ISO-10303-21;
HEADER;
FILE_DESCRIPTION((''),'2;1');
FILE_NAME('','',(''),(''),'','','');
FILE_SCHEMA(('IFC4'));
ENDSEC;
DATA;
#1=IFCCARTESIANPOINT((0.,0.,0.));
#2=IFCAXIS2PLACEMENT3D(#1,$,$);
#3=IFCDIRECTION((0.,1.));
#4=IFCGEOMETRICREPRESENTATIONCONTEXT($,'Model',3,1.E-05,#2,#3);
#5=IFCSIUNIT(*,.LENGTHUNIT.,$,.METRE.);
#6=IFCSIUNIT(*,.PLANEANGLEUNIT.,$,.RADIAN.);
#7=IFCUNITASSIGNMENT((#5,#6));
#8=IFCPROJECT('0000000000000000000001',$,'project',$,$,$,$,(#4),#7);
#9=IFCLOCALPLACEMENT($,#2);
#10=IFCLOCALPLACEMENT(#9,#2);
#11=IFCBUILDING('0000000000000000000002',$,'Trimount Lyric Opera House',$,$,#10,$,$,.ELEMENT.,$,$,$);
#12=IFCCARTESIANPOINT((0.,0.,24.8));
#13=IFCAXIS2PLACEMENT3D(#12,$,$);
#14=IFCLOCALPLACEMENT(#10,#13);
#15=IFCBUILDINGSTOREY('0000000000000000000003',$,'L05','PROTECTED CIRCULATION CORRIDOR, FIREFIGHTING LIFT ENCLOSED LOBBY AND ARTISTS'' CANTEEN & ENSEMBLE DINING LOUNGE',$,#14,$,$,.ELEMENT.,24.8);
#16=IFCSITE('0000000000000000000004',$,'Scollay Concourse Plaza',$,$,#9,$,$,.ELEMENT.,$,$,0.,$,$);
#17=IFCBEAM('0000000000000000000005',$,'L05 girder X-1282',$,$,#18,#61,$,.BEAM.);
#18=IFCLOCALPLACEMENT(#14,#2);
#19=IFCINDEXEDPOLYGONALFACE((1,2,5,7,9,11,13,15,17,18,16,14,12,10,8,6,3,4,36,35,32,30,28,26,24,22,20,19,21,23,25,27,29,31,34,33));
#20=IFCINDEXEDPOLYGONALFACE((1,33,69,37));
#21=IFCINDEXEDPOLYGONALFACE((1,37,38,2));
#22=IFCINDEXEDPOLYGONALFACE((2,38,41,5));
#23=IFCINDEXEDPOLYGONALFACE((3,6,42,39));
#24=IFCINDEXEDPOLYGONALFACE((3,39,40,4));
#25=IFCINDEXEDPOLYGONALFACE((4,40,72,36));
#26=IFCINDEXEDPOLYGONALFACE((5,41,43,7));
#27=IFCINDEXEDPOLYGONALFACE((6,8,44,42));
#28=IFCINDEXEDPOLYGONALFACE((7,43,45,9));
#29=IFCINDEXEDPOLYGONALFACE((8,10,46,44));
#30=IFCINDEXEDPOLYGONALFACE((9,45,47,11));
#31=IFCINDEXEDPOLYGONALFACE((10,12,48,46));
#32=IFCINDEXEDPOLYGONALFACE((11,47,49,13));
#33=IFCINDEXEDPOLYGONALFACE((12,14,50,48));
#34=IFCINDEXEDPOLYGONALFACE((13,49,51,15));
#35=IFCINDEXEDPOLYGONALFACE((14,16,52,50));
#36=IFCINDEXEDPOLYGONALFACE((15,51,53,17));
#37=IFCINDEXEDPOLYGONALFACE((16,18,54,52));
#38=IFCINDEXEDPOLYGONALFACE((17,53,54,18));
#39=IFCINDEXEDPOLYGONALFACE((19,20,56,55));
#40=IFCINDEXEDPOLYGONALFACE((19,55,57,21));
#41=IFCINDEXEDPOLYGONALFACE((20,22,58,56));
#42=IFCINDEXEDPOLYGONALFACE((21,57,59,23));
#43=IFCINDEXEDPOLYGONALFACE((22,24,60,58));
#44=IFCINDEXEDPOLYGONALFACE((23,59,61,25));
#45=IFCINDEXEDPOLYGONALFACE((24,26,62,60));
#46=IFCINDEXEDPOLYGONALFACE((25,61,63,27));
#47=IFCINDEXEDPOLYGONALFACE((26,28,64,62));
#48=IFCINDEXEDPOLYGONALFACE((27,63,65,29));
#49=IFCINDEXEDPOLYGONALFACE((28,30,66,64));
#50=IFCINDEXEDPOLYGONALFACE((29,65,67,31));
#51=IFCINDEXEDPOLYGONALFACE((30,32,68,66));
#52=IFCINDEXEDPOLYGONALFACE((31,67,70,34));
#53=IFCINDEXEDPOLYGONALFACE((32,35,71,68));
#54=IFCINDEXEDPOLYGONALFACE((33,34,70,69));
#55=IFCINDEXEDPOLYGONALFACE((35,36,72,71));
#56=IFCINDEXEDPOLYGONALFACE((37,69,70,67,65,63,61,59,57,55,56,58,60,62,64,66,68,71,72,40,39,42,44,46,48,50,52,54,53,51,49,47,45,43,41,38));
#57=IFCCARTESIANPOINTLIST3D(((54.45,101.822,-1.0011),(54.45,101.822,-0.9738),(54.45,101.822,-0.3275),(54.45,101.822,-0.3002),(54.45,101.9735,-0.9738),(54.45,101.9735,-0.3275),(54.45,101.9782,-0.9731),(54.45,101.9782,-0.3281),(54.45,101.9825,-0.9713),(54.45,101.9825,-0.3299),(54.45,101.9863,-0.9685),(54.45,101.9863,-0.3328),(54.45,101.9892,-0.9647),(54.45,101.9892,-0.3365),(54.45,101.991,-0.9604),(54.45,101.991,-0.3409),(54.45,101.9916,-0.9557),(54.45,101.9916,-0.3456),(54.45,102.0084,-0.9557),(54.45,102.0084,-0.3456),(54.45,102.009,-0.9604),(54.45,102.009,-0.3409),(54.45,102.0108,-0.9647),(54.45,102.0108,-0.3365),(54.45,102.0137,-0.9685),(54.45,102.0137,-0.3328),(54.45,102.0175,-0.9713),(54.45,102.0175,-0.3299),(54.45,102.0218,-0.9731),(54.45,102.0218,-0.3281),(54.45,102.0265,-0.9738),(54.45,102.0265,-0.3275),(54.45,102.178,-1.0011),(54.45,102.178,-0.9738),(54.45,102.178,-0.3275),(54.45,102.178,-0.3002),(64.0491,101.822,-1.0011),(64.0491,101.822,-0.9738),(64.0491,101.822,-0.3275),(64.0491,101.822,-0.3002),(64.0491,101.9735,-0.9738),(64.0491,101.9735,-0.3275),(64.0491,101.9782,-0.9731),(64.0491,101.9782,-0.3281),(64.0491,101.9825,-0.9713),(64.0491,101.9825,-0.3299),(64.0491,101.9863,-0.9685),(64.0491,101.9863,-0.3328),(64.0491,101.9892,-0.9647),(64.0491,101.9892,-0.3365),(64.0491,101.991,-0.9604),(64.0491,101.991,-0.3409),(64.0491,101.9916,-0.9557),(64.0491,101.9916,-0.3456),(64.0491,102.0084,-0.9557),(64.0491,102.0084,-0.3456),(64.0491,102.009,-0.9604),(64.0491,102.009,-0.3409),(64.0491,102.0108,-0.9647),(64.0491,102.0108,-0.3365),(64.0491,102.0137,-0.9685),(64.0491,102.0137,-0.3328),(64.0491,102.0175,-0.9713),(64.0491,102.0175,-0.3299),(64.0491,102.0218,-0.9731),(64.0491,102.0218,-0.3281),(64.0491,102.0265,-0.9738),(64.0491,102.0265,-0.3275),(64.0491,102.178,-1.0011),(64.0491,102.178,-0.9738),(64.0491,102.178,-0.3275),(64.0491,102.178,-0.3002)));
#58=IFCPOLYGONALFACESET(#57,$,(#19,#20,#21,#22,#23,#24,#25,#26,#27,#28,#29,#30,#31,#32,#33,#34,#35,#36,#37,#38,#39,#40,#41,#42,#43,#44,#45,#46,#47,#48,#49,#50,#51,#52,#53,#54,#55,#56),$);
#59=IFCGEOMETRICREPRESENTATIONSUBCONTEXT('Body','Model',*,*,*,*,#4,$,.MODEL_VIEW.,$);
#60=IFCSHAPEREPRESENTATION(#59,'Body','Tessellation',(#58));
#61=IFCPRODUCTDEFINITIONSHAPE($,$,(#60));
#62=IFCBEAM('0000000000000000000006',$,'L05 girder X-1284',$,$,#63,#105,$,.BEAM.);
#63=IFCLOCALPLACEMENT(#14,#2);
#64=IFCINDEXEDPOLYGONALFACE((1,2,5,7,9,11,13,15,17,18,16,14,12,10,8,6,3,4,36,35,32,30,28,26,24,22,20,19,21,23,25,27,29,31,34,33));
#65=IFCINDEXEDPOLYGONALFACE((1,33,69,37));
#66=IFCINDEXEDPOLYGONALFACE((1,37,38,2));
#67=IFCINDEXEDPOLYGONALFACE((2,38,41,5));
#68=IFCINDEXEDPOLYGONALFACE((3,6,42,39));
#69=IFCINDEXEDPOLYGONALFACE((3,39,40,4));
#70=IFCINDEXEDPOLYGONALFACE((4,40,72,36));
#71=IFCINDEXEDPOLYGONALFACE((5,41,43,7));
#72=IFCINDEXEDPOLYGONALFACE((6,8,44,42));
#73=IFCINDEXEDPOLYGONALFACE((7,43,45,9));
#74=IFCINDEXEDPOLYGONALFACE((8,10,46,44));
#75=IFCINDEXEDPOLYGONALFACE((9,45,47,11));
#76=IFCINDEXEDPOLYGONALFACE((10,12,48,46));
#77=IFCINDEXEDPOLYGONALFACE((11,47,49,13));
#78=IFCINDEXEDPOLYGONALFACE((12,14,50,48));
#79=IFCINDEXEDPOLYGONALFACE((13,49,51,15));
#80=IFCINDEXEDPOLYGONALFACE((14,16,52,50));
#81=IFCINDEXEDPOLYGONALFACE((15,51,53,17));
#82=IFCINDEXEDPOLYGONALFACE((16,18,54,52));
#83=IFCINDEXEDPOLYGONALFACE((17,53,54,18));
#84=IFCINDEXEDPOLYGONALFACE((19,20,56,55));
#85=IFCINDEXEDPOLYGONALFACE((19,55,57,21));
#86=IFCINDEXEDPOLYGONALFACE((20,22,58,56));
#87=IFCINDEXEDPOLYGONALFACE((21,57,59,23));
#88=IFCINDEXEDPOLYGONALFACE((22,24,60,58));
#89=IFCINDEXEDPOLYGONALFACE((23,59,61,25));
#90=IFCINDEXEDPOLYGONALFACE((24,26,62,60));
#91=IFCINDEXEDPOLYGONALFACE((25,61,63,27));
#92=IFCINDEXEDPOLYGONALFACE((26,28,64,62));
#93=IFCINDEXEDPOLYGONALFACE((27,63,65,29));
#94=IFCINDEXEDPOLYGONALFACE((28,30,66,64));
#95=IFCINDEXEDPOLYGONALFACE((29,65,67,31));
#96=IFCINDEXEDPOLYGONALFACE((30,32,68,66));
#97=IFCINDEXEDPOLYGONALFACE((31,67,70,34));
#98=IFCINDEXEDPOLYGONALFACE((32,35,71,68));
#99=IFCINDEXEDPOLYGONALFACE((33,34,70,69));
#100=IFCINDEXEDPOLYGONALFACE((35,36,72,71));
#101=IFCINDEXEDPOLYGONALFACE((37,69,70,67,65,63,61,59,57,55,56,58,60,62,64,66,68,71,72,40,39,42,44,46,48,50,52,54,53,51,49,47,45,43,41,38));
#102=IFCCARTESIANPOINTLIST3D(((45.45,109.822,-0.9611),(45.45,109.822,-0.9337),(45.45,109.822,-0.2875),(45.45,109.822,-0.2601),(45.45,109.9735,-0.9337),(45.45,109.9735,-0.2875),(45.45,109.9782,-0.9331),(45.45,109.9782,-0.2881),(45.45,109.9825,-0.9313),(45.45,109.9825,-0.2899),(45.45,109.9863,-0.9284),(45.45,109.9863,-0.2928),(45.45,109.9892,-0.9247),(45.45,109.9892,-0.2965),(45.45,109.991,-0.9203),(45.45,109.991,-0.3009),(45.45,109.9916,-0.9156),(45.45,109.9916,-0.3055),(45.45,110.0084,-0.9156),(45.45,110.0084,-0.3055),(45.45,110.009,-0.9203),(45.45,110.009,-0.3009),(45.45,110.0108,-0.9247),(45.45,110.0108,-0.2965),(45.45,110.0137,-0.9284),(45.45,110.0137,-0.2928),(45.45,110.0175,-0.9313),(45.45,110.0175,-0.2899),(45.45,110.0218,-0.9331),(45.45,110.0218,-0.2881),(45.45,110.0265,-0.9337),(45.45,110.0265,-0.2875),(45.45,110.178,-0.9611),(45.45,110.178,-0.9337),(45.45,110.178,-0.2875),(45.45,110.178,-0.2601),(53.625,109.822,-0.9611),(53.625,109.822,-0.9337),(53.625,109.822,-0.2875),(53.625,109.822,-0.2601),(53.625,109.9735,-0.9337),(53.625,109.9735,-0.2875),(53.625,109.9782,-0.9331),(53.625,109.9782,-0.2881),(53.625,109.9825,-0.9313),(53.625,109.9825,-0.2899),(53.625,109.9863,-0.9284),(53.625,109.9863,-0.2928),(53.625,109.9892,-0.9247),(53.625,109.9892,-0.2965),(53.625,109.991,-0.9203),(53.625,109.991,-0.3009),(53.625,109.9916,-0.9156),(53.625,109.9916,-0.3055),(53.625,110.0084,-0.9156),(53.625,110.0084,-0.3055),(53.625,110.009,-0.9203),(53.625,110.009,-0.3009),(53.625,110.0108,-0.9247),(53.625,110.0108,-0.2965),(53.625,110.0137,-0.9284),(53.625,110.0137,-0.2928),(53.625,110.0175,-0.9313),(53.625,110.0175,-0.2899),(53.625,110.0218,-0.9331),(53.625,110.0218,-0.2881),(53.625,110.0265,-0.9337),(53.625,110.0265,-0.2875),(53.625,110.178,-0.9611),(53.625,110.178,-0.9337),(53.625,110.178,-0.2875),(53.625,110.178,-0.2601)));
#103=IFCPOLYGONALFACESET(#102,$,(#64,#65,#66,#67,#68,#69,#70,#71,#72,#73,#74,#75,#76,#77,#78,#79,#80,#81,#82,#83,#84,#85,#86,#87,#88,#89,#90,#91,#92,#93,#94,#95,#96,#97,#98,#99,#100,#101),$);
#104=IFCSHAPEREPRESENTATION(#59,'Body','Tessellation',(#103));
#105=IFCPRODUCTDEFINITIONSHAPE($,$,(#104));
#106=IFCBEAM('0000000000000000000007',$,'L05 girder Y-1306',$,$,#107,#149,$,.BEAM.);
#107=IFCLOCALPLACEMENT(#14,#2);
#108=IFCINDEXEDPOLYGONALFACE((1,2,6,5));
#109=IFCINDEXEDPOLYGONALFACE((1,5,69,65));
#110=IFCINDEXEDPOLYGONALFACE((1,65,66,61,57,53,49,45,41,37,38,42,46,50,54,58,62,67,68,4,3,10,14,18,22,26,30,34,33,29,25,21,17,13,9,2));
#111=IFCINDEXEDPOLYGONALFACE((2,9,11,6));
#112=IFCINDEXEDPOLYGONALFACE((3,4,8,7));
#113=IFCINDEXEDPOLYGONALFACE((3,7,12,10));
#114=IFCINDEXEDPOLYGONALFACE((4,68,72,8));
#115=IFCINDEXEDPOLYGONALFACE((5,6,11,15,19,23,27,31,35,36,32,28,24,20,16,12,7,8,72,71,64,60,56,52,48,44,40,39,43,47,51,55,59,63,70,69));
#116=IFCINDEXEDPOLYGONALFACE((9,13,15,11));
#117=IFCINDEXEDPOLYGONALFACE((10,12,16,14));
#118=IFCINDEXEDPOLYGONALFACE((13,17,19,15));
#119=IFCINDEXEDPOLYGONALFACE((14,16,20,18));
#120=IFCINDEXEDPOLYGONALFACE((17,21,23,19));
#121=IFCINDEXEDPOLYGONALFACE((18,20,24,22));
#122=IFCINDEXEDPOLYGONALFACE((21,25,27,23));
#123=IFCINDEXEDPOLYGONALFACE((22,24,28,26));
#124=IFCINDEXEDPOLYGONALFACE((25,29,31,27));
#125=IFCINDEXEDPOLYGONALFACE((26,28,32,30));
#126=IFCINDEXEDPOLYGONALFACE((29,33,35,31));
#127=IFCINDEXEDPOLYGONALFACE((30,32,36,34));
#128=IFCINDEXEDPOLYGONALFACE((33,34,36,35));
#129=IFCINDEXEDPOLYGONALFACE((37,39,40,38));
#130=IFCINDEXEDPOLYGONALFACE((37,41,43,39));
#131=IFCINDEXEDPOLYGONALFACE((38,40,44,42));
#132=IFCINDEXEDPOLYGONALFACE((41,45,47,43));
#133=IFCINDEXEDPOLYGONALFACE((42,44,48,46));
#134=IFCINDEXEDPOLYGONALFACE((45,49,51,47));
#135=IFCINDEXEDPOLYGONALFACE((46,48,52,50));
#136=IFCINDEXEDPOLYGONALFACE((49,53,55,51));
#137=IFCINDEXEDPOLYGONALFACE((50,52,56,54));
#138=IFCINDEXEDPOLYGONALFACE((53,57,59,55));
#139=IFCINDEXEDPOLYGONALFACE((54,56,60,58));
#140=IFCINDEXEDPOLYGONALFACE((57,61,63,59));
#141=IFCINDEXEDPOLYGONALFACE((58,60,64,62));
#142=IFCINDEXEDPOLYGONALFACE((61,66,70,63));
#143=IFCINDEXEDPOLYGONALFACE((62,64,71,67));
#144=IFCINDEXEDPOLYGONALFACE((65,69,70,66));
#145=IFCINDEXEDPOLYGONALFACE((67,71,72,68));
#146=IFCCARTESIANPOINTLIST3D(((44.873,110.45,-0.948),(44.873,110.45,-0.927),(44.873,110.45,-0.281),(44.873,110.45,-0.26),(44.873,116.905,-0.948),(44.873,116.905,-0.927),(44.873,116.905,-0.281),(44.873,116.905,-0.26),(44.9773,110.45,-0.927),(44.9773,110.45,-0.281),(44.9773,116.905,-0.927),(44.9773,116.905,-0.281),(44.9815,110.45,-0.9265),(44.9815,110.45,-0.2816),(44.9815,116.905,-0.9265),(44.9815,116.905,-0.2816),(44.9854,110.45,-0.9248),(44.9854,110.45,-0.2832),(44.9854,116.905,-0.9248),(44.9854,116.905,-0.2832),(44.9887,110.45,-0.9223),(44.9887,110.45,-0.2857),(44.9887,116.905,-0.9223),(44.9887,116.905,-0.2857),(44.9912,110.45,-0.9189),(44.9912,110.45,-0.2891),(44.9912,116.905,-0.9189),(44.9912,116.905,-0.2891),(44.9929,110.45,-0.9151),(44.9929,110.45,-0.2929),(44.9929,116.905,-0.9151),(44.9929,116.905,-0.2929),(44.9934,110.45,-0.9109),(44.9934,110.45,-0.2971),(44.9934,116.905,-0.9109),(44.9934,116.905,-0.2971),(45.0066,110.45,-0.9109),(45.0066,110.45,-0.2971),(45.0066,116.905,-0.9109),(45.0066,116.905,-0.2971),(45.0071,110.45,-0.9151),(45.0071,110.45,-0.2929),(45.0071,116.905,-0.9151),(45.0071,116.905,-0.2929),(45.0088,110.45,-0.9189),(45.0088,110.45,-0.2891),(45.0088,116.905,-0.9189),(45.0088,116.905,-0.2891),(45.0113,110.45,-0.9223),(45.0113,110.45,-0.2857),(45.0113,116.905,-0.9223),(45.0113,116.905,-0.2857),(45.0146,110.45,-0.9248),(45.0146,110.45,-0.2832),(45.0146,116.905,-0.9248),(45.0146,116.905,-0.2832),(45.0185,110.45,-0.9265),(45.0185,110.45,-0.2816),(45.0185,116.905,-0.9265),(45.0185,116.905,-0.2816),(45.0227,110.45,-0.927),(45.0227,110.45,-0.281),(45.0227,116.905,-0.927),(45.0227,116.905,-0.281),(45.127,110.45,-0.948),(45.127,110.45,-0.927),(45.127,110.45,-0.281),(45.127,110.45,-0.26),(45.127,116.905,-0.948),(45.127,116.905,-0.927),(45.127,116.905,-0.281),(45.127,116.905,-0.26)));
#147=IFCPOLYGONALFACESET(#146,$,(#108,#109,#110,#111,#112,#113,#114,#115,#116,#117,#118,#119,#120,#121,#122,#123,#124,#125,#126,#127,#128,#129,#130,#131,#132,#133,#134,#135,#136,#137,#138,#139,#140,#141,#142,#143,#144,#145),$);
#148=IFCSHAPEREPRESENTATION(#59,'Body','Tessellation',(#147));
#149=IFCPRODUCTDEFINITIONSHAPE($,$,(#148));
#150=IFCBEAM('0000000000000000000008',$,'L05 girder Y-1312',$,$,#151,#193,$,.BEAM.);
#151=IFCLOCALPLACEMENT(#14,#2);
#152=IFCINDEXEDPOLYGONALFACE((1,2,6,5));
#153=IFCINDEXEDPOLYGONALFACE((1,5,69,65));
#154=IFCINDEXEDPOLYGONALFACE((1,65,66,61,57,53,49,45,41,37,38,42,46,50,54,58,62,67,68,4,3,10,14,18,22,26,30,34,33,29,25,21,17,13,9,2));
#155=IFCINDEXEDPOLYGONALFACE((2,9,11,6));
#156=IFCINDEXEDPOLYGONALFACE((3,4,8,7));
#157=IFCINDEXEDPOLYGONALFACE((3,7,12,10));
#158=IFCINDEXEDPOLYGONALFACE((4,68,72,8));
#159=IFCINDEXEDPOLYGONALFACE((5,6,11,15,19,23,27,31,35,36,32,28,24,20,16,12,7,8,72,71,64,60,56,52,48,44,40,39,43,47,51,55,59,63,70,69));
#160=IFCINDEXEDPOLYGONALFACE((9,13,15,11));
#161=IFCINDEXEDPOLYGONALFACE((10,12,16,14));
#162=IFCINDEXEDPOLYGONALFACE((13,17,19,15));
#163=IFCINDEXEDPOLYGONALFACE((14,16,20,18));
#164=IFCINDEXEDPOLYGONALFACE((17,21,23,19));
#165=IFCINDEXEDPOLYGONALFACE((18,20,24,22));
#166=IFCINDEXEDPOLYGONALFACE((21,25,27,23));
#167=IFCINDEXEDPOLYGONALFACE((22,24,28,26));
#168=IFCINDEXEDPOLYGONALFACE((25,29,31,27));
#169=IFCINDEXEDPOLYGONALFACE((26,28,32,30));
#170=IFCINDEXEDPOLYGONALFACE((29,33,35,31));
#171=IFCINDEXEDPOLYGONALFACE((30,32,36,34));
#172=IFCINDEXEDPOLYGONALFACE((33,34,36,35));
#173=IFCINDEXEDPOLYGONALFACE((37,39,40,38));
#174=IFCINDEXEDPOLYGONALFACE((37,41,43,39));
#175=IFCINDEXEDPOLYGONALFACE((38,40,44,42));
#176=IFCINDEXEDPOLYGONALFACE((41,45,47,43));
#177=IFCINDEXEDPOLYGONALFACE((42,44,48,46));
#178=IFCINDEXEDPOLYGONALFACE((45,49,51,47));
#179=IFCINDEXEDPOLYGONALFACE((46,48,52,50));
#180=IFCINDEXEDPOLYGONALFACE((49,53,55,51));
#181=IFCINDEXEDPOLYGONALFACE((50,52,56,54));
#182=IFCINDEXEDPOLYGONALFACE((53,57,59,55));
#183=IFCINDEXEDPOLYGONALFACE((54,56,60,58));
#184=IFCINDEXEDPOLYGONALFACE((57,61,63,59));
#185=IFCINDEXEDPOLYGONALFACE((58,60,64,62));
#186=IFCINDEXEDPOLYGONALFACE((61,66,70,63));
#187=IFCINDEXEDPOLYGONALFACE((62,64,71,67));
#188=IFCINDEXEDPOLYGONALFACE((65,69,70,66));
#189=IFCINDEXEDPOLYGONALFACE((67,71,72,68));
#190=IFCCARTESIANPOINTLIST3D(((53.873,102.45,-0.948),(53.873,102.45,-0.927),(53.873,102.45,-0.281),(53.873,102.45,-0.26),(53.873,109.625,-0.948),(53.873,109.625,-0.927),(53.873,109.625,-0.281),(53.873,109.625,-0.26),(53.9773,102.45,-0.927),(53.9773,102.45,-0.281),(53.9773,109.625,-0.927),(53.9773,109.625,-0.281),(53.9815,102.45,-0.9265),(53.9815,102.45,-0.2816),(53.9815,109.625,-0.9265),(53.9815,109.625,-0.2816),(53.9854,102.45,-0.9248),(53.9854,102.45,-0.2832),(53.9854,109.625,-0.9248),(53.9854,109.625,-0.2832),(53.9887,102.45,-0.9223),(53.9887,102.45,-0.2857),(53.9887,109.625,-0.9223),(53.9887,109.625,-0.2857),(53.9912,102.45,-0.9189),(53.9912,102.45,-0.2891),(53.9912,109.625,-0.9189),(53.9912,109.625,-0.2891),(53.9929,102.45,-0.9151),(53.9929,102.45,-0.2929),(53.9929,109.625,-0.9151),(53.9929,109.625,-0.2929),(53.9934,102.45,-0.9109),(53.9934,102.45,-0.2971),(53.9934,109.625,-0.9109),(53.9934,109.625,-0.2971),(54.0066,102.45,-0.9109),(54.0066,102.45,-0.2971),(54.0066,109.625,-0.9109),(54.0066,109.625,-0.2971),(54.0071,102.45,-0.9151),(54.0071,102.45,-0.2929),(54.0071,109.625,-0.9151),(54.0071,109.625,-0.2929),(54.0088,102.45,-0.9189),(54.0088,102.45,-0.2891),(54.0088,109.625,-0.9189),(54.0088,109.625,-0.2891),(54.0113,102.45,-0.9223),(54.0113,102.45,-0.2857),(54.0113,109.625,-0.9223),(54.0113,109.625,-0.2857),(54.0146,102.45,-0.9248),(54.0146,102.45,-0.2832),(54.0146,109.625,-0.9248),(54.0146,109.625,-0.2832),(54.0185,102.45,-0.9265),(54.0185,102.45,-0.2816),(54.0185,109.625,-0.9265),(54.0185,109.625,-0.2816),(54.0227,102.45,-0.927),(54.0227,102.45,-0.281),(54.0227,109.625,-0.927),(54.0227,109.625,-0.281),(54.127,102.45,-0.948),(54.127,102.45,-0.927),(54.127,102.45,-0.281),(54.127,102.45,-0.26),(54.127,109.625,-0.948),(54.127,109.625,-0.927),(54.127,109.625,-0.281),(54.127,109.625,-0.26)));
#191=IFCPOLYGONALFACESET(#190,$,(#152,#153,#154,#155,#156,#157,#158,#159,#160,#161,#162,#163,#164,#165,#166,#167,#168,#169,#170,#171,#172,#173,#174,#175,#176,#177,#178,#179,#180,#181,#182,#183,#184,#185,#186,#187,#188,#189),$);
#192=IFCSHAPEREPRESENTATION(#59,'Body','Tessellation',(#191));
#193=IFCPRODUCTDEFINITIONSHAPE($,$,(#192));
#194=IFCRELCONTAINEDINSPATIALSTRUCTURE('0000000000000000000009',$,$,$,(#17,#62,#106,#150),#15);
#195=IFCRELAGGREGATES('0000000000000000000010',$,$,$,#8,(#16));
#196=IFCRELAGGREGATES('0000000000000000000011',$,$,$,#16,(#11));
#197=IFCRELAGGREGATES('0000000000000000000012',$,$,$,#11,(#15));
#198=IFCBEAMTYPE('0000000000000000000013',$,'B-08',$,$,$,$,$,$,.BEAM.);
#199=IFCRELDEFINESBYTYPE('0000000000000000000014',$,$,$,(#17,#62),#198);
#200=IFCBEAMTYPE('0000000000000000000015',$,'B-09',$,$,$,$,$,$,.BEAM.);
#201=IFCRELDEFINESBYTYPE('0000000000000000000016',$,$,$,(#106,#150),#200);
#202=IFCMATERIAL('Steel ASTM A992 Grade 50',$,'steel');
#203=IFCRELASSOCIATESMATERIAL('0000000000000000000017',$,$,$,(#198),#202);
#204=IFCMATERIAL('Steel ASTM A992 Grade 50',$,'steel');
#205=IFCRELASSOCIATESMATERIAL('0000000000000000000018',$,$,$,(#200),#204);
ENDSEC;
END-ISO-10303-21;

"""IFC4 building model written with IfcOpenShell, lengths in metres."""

from ifc_helpers import new_model, si_unit, direction, frame, origin, origin_2d, place, context, subcontext, project, spatial, i_section, extrude, material, material_profile, profile_set, type_object, element, save


model = new_model("IFC4")

# Units and contexts
model_context = context("Model", 3, precision=1e-05, world=origin(), true_north=direction((0.0, 1.0)))
body_context = subcontext(model_context, "Body", "Model", "MODEL_VIEW")
ifc_project = project(units=[si_unit("LENGTHUNIT", "METRE"), si_unit("PLANEANGLEUNIT", "RADIAN")], contexts=[model_context])

# Site, building, storey
site_placement = place(None, origin())
site = spatial("IfcSite", under=ifc_project, at=site_placement, Name="Scollay Concourse Plaza", CompositionType="ELEMENT", RefElevation=0.0)
building_placement = place(site_placement, origin())
building = spatial("IfcBuilding", under=site, at=building_placement, Name="Trimount Lyric Opera House", CompositionType="ELEMENT")
storey_placement = place(building_placement, frame((0.0, 0.0, 24.8)))
storey = spatial("IfcBuildingStorey", under=building, at=storey_placement, Name="L05", Description="PROTECTED CIRCULATION CORRIDOR, FIREFIGHTING LIFT ENCLOSED LOBBY AND ARTISTS' CANTEEN & ENSEMBLE DINING LOUNGE", CompositionType="ELEMENT", Elevation=24.8)

# Beams
ifc_material_1 = material(Name="Steel ASTM A992 Grade 50", Category="steel")
ifc_material_profile_1 = material_profile(ifc_material_1, i_section(OverallWidth=0.356, OverallDepth=0.7009, WebThickness=0.0168, FlangeThickness=0.0273, FilletRadius=0.0181, at=origin_2d()), Name="W27X161")
ifc_profile_set_1 = profile_set([ifc_material_profile_1], Name="Steel ASTM A992 Grade 50")
beam_type_1 = type_object("IfcBeamType", Name="B-08", PredefinedType="BEAM", material=ifc_profile_set_1)
beam_1_placement = place(storey_placement, frame((54.45, 102.0, -0.6506), z_axis=(1.0, 0.0, 0.0), x_axis=(0.0, 1.0, 0.0)))
element("IfcBeam", 1, at=beam_1_placement, inside=storey, type_object=beam_type_1, Name="L05 girder X-1282", PredefinedType="BEAM", context=body_context, shape_type="SweptSolid", body=[
    extrude(i_section(OverallWidth=0.356, OverallDepth=0.7009, WebThickness=0.0168, FlangeThickness=0.0273, FilletRadius=0.0181, at=origin_2d()), origin(), (0.0, 0.0, 1.0), 9.5991),
])
beam_2_placement = place(storey_placement, frame((45.45, 110.0, -0.6106), z_axis=(1.0, 0.0, 0.0), x_axis=(0.0, 1.0, 0.0)))
element("IfcBeam", 2, at=beam_2_placement, inside=storey, type_object=beam_type_1, Name="L05 girder X-1284", PredefinedType="BEAM", context=body_context, shape_type="SweptSolid", body=[
    extrude(i_section(OverallWidth=0.356, OverallDepth=0.7009, WebThickness=0.0168, FlangeThickness=0.0273, FilletRadius=0.0181, at=origin_2d()), origin(), (0.0, 0.0, 1.0), 8.175),
])
ifc_material_2 = material(Name="Steel ASTM A992 Grade 50", Category="steel")
ifc_material_profile_2 = material_profile(ifc_material_2, i_section(OverallWidth=0.2539, OverallDepth=0.688, WebThickness=0.0132, FlangeThickness=0.021, FilletRadius=0.0161, at=origin_2d()), Name="W27X102")
ifc_profile_set_2 = profile_set([ifc_material_profile_2], Name="Steel ASTM A992 Grade 50")
beam_type_2 = type_object("IfcBeamType", Name="B-09", PredefinedType="BEAM", material=ifc_profile_set_2)
beam_3_placement = place(storey_placement, frame((45.0, 110.45, -0.604), z_axis=(0.0, 1.0, 0.0), x_axis=(-1.0, 0.0, 0.0)))
element("IfcBeam", 3, at=beam_3_placement, inside=storey, type_object=beam_type_2, Name="L05 girder Y-1306", PredefinedType="BEAM", context=body_context, shape_type="SweptSolid", body=[
    extrude(i_section(OverallWidth=0.2539, OverallDepth=0.688, WebThickness=0.0132, FlangeThickness=0.021, FilletRadius=0.0161, at=origin_2d()), origin(), (0.0, 0.0, 1.0), 6.4551),
])
beam_4_placement = place(storey_placement, frame((54.0, 102.45, -0.604), z_axis=(0.0, 1.0, 0.0), x_axis=(-1.0, 0.0, 0.0)))
element("IfcBeam", 4, at=beam_4_placement, inside=storey, type_object=beam_type_2, Name="L05 girder Y-1312", PredefinedType="BEAM", context=body_context, shape_type="SweptSolid", body=[
    extrude(i_section(OverallWidth=0.2539, OverallDepth=0.688, WebThickness=0.0132, FlangeThickness=0.021, FilletRadius=0.0161, at=origin_2d()), origin(), (0.0, 0.0, 1.0), 7.175),
])

save(model, "model.ifc")
